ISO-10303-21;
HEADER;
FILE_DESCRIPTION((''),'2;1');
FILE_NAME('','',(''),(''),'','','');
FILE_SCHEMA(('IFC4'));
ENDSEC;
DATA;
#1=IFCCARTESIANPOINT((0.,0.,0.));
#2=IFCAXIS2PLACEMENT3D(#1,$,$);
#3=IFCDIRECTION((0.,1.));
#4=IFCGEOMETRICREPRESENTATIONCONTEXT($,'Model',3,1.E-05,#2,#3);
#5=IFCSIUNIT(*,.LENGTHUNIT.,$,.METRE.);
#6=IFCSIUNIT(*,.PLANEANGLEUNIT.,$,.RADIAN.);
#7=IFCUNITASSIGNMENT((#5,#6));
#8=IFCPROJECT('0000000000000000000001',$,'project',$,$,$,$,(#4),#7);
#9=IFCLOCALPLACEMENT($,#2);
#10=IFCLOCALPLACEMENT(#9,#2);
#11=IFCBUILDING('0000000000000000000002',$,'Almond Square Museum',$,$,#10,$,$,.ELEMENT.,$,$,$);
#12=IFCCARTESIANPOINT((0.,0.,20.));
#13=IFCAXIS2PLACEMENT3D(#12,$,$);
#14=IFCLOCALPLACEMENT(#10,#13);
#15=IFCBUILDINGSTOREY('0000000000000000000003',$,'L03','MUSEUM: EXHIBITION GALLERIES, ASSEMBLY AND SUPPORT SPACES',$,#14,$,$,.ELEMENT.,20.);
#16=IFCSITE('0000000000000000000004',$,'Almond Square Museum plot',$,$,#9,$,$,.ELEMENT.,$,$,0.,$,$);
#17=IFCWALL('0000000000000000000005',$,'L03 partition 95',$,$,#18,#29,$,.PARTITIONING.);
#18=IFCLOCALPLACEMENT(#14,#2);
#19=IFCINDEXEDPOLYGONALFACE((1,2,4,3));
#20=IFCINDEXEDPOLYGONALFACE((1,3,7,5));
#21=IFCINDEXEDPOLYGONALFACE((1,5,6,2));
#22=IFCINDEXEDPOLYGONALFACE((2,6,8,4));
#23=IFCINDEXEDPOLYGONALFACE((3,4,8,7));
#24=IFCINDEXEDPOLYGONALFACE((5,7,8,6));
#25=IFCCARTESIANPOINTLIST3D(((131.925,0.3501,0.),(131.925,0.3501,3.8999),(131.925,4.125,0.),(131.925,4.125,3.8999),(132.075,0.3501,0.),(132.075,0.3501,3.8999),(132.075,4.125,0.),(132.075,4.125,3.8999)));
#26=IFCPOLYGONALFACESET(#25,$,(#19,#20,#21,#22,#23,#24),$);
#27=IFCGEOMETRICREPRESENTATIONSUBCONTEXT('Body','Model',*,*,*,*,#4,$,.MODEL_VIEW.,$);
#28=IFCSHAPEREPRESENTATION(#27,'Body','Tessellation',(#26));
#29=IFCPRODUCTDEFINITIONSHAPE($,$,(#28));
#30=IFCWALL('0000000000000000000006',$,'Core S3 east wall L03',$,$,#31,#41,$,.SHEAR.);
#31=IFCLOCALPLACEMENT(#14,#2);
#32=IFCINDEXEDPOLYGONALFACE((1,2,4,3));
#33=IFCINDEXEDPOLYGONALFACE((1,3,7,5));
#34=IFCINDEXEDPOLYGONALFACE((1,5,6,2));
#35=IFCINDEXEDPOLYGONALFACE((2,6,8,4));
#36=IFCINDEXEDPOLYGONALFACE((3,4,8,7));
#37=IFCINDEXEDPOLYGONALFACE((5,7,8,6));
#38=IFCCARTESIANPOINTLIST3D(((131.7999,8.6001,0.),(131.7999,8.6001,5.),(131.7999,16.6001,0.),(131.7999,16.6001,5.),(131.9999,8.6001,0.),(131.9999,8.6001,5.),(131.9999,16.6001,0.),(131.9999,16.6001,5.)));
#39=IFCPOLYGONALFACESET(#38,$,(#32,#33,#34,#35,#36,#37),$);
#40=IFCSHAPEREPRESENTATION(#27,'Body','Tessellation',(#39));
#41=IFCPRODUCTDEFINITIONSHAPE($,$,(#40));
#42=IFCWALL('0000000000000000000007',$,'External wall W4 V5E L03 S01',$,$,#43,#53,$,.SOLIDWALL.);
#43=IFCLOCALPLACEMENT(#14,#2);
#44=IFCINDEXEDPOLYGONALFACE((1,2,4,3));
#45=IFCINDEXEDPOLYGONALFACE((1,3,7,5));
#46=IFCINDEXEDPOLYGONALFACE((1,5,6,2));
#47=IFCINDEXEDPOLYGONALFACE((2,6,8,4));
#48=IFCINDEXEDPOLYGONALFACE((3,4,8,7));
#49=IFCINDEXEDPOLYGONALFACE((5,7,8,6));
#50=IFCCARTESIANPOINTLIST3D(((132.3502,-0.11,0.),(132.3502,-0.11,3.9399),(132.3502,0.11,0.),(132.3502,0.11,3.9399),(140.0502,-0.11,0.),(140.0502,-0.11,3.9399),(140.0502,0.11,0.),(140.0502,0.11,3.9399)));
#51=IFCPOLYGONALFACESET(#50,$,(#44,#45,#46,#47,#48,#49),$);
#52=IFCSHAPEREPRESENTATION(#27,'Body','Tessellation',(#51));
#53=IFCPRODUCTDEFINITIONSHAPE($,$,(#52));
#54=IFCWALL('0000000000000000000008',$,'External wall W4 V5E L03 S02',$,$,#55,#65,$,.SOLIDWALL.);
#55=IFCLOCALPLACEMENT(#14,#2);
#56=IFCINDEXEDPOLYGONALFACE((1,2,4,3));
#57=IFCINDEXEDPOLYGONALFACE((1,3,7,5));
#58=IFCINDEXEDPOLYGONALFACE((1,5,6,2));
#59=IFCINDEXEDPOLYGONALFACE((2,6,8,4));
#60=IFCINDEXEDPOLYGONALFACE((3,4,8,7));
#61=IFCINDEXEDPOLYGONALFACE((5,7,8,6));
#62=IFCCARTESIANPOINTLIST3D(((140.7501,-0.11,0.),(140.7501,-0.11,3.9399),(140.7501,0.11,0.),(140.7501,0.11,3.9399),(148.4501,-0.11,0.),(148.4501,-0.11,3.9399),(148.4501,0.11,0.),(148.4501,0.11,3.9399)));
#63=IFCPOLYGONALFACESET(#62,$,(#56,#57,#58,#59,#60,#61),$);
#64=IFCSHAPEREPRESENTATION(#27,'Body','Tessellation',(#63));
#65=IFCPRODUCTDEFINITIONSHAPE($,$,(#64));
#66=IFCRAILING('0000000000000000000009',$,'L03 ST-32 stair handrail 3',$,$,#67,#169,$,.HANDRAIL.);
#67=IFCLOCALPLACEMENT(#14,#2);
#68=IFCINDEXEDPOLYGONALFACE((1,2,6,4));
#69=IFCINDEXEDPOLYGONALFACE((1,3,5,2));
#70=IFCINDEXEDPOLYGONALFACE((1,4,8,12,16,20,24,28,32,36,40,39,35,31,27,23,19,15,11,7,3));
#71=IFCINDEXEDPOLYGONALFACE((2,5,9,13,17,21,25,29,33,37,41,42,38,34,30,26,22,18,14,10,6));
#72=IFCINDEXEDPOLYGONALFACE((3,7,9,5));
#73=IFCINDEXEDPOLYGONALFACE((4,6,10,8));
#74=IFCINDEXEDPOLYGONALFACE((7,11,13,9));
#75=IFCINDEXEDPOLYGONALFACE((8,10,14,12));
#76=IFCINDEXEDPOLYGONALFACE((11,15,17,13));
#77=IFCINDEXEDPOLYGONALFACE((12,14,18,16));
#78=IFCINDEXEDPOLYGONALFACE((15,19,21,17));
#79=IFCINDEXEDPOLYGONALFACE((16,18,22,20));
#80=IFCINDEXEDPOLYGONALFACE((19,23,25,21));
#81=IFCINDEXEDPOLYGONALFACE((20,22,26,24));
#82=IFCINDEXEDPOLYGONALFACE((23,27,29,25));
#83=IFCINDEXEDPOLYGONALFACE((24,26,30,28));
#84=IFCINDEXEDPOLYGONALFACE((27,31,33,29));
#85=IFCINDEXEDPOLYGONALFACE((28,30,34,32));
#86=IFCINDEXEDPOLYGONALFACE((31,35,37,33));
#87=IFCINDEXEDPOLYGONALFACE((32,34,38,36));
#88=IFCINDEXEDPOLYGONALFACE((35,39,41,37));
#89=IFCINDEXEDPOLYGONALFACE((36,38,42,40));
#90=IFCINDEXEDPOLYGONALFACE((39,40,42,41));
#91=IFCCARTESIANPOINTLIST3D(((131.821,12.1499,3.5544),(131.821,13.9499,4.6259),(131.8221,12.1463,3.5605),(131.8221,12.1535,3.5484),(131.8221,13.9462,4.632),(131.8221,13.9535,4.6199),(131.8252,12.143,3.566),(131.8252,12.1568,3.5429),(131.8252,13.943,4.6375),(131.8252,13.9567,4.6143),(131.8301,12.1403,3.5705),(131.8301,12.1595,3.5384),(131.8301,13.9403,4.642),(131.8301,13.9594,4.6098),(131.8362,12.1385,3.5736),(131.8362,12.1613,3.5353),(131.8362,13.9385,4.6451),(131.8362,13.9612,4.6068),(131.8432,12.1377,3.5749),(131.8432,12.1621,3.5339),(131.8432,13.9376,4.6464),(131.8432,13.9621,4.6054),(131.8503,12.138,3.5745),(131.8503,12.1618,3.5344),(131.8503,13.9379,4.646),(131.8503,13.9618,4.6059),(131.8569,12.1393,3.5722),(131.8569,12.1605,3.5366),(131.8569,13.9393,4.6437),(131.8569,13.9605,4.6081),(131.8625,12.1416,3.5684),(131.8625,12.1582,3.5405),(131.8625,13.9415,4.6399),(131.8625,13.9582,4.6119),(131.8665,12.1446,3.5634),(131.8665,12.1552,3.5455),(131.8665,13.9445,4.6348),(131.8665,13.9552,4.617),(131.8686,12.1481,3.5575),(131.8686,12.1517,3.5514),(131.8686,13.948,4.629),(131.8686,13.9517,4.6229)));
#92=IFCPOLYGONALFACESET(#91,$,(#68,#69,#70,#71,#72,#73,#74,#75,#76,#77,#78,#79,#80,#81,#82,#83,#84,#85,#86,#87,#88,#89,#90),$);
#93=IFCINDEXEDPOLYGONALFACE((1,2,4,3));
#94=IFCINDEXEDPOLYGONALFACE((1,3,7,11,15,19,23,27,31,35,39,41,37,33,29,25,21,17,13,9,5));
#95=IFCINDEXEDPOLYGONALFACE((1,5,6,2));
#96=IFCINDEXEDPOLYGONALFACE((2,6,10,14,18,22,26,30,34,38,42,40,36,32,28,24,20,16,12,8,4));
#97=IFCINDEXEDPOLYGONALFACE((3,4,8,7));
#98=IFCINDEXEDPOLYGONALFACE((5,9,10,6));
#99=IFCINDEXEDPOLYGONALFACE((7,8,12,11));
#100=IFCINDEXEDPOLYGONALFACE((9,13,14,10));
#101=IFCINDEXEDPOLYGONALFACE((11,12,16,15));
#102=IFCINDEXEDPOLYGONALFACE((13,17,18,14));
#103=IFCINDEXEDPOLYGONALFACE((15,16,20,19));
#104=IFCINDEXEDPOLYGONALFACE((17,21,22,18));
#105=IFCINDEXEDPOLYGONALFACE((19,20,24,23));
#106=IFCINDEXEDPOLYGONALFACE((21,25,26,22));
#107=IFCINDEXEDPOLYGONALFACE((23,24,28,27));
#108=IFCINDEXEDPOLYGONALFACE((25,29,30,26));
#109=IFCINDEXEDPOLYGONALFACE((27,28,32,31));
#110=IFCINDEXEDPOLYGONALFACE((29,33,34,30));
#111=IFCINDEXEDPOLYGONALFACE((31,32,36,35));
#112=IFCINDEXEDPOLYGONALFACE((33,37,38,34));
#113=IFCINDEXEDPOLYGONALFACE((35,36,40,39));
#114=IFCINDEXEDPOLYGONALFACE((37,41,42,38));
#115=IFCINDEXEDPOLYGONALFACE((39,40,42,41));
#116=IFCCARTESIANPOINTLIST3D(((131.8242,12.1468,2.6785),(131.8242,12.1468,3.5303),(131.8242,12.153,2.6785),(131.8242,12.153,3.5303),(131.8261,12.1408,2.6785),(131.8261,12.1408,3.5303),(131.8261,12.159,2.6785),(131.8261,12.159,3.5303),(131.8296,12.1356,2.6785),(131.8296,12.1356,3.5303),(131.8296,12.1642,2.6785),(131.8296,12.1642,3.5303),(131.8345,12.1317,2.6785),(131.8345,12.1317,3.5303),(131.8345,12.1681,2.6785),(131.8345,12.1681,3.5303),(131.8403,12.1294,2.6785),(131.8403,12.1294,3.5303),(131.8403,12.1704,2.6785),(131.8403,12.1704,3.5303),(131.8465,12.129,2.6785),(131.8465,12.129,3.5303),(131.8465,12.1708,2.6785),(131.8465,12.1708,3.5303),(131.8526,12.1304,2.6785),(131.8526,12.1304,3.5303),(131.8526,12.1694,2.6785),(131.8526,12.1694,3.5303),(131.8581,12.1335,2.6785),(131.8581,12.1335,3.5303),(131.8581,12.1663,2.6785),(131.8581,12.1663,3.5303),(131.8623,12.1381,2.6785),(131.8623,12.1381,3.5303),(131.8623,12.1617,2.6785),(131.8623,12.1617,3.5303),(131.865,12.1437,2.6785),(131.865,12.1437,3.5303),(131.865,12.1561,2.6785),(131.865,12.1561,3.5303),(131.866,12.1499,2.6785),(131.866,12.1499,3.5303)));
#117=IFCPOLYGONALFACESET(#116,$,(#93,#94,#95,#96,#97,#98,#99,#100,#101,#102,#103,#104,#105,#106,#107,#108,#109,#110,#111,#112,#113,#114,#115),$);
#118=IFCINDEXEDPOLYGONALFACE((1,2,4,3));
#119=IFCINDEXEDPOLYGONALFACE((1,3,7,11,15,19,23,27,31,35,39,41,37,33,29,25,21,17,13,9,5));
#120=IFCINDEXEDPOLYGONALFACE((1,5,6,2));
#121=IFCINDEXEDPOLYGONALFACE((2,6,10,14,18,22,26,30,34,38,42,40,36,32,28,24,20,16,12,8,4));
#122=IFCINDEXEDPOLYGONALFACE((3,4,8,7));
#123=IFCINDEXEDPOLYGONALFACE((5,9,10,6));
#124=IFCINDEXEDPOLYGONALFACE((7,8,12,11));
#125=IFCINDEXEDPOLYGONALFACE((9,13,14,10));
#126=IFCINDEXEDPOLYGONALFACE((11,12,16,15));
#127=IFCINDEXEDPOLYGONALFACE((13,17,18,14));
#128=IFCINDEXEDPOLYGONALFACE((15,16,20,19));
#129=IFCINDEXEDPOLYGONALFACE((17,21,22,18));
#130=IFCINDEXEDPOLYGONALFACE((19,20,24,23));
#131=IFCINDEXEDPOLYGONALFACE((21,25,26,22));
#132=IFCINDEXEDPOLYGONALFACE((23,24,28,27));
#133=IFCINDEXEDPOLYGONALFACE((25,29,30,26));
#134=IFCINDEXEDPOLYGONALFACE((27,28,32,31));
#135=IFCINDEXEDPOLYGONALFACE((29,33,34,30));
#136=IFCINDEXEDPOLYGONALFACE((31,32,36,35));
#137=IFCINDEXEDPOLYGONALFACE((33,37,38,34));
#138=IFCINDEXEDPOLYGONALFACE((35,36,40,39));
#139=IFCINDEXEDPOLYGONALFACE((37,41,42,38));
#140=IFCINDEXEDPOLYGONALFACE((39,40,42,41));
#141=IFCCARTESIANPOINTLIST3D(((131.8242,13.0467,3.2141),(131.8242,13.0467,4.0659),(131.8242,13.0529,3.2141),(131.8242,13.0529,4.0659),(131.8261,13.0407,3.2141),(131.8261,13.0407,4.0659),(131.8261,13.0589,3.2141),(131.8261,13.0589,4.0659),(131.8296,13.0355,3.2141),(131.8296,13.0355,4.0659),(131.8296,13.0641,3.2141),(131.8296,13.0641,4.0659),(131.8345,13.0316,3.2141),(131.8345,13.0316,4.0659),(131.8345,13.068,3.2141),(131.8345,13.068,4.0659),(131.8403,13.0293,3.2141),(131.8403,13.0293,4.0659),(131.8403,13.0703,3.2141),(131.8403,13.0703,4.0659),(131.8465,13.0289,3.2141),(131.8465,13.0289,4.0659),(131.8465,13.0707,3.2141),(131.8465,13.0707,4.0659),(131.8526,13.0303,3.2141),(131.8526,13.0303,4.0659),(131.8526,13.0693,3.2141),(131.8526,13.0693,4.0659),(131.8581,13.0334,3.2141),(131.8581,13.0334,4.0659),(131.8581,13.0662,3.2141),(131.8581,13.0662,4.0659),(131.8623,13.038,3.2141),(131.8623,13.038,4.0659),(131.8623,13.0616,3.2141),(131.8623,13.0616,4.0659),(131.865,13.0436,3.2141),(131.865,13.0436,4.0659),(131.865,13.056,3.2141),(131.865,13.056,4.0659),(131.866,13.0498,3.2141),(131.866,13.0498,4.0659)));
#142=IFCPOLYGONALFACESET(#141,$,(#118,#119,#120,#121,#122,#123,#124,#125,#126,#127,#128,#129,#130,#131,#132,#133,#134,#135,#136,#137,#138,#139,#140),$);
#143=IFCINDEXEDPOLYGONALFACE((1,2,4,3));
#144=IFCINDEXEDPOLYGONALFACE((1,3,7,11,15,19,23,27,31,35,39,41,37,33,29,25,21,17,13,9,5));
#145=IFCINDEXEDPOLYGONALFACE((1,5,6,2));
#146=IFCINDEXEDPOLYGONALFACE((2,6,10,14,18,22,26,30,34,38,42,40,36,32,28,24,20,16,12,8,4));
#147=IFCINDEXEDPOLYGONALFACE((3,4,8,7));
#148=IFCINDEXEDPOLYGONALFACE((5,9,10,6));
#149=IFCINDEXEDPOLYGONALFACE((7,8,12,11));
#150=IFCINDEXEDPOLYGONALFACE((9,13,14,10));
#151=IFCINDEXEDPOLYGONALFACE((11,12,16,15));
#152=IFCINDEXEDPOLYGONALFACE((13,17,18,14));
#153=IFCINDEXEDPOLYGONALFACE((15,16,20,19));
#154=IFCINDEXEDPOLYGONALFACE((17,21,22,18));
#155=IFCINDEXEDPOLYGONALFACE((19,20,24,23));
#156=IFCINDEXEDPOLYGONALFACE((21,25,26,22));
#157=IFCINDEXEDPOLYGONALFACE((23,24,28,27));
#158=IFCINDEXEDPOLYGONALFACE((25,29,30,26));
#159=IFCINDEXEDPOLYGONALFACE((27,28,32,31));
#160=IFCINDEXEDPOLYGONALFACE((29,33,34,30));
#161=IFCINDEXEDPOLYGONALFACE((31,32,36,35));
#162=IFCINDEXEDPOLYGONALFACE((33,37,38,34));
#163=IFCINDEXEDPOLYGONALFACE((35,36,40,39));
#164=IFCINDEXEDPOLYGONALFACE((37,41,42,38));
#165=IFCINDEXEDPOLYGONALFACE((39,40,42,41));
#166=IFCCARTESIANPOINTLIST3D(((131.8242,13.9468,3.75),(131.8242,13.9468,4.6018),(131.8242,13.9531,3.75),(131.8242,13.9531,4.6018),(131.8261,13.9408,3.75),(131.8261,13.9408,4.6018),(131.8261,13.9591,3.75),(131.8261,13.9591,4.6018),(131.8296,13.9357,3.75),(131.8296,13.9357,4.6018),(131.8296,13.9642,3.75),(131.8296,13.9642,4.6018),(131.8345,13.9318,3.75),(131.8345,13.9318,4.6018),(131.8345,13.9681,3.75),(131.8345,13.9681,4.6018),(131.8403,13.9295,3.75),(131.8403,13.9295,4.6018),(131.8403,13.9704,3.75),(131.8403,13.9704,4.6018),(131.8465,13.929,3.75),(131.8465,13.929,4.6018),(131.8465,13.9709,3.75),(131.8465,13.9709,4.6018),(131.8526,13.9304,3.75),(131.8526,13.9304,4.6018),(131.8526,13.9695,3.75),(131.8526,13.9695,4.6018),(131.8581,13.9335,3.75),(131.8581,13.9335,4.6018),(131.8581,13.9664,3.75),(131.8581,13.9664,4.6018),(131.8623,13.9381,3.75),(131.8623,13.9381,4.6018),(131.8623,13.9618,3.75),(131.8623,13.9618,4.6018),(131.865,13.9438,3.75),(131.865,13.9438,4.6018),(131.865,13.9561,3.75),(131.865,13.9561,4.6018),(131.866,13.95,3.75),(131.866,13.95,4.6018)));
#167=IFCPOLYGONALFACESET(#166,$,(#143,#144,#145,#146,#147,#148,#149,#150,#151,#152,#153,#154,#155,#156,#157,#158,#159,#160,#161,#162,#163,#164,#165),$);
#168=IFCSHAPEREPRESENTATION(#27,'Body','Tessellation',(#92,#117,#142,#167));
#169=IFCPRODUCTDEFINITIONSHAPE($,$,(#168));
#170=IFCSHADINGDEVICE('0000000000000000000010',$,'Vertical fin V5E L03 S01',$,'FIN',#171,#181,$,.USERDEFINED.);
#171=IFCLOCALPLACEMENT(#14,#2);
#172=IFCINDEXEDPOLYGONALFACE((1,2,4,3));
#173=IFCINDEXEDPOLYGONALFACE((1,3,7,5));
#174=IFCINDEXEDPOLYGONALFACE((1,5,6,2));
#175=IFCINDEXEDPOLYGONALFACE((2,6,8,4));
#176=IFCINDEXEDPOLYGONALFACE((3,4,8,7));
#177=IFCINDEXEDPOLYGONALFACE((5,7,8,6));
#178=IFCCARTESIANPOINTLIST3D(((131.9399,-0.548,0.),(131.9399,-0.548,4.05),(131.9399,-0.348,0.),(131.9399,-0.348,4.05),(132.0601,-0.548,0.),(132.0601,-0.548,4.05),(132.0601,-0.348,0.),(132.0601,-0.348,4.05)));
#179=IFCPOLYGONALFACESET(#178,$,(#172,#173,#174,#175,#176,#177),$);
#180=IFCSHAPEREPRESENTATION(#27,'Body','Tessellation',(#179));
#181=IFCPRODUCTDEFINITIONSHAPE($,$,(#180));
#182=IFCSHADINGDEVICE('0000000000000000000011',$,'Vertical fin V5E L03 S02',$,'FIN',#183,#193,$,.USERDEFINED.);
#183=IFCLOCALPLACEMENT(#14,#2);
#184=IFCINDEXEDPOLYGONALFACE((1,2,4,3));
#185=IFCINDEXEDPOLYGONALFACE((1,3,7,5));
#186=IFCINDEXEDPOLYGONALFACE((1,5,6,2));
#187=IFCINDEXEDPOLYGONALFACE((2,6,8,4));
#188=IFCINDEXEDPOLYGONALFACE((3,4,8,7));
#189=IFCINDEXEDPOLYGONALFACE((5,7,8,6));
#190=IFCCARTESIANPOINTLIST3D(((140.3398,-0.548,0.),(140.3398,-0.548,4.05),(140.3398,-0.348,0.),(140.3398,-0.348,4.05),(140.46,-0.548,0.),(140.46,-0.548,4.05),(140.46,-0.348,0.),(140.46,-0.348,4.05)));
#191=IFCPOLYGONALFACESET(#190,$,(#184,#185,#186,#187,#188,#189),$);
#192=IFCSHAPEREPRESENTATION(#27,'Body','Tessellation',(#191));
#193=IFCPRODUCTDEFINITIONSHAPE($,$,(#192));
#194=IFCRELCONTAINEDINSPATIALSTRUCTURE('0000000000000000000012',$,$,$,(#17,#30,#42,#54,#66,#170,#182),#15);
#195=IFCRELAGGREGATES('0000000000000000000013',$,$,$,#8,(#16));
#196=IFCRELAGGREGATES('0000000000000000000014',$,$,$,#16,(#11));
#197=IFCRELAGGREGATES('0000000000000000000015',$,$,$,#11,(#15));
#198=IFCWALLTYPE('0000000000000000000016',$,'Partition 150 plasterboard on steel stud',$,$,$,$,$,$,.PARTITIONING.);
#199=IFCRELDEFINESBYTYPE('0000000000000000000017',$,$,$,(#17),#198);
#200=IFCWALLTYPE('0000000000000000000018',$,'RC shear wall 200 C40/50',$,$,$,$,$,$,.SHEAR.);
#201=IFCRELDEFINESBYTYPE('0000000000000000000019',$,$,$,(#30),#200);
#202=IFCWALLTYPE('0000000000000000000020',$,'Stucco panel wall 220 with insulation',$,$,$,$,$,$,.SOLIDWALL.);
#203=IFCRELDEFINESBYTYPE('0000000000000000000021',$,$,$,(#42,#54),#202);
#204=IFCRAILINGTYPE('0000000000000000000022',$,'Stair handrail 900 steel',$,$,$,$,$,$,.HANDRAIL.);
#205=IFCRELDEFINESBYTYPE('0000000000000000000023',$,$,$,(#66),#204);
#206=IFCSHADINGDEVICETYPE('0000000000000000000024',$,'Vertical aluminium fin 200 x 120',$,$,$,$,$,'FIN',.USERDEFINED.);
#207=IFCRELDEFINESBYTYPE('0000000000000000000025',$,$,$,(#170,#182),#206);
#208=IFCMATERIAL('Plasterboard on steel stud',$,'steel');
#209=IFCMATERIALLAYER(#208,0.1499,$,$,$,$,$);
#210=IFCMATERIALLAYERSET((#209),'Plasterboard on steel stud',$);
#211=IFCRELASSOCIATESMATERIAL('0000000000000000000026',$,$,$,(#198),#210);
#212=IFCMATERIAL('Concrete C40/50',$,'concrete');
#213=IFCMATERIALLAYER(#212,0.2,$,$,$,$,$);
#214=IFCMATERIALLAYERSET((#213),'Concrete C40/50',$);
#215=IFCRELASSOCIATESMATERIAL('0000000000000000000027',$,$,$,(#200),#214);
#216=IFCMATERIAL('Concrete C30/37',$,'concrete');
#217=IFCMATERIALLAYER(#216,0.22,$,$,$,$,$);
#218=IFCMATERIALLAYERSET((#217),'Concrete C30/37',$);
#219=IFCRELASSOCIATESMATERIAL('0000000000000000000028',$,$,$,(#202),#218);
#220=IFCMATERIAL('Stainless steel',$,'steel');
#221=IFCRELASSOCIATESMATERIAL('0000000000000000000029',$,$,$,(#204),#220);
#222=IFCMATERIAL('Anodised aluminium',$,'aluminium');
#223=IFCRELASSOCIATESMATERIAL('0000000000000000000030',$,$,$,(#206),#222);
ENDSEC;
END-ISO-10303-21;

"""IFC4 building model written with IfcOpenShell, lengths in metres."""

from ifc_helpers import new_model, si_unit, direction, frame, frame_2d, origin, origin_2d, place, context, subcontext, project, spatial, rectangle, circle, extrude, material, layer, layer_set, material_profile, profile_set, type_object, element, save


model = new_model("IFC4")

# Units and contexts
model_context = context("Model", 3, precision=1e-05, world=origin(), true_north=direction((0.0, 1.0)))
body_context = subcontext(model_context, "Body", "Model", "MODEL_VIEW")
ifc_project = project(units=[si_unit("LENGTHUNIT", "METRE"), si_unit("PLANEANGLEUNIT", "RADIAN")], contexts=[model_context])

# Site, building, storey
site_placement = place(None, origin())
site = spatial("IfcSite", under=ifc_project, at=site_placement, Name="Almond Square Museum plot", CompositionType="ELEMENT", RefElevation=0.0)
building_placement = place(site_placement, origin())
building = spatial("IfcBuilding", under=site, at=building_placement, Name="Almond Square Museum", CompositionType="ELEMENT")
storey_placement = place(building_placement, frame((0.0, 0.0, 20.0)))
storey = spatial("IfcBuildingStorey", under=building, at=storey_placement, Name="L03", Description="MUSEUM: EXHIBITION GALLERIES, ASSEMBLY AND SUPPORT SPACES", CompositionType="ELEMENT", Elevation=20.0)

# Shared definitions
ifc_material_1 = material(Name="Plasterboard on steel stud", Category="steel")
ifc_layer_1 = layer(ifc_material_1, 0.1499)
ifc_layer_set_1 = layer_set([ifc_layer_1], Name="Plasterboard on steel stud")
wall_type_1 = type_object("IfcWallType", Name="Partition 150 plasterboard on steel stud", PredefinedType="PARTITIONING", material=ifc_layer_set_1)

# Walls
wall_1_placement = place(storey_placement, frame((132.0, 0.3501, 0.0), z_axis=(0.0, 0.0, 1.0), x_axis=(0.0, 1.0, 0.0)))
element("IfcWall", 1, at=wall_1_placement, inside=storey, type_object=wall_type_1, Name="L03 partition 95", PredefinedType="PARTITIONING", context=body_context, shape_type="SweptSolid", body=[
    extrude(rectangle(XDim=3.7749, YDim=0.1499, at=frame_2d((1.8875, 0.0))), origin(), (0.0, 0.0, 1.0), 3.8999),
])
ifc_material_2 = material(Name="Concrete C40/50", Category="concrete")
ifc_layer_2 = layer(ifc_material_2, 0.2)
ifc_layer_set_2 = layer_set([ifc_layer_2], Name="Concrete C40/50")
wall_type_2 = type_object("IfcWallType", Name="RC shear wall 200 C40/50", PredefinedType="SHEAR", material=ifc_layer_set_2)
wall_2_placement = place(storey_placement, frame((131.8999, 8.6001, 0.0), z_axis=(0.0, 0.0, 1.0), x_axis=(0.0, 1.0, 0.0)))
element("IfcWall", 2, at=wall_2_placement, inside=storey, type_object=wall_type_2, Name="Core S3 east wall L03", PredefinedType="SHEAR", context=body_context, shape_type="SweptSolid", body=[
    extrude(rectangle(XDim=8.0, YDim=0.2, at=frame_2d((4.0, 0.0))), origin(), (0.0, 0.0, 1.0), 5.0),
])
ifc_material_3 = material(Name="Concrete C30/37", Category="concrete")
ifc_layer_3 = layer(ifc_material_3, 0.22)
ifc_layer_set_3 = layer_set([ifc_layer_3], Name="Concrete C30/37")
wall_type_3 = type_object("IfcWallType", Name="Stucco panel wall 220 with insulation", PredefinedType="SOLIDWALL", material=ifc_layer_set_3)
for number, where, z_axis, x_axis, name in (
    (3, (132.3501, 0.0, 0.0), (0.0, 0.0, 1.0), (1.0, 0.0, 0.0), "External wall W4 V5E L03 S01"),
    (4, (140.75, 0.0, 0.0), (0.0, 0.0, 1.0), (1.0, 0.0, 0.0), "External wall W4 V5E L03 S02"),
):
    element("IfcWall", number, at=place(storey_placement, frame(where, z_axis=z_axis, x_axis=x_axis)), inside=storey, type_object=wall_type_3, Name=name, PredefinedType="SOLIDWALL", context=body_context, shape_type="SweptSolid", body=[
        extrude(rectangle(XDim=7.7, YDim=0.22, at=frame_2d((3.8501, 0.0))), origin(), (0.0, 0.0, 1.0), 3.9399),
    ])

# Railing
ifc_material_4 = material(Name="Stainless steel", Category="steel")
railing_type = type_object("IfcRailingType", Name="Stair handrail 900 steel", PredefinedType="HANDRAIL", material=ifc_material_4)
railing_placement = place(storey_placement, frame((131.845, 12.1499, 2.6785)))
element("IfcRailing", 5, at=railing_placement, inside=storey, type_object=railing_type, Name="L03 ST-32 stair handrail 3", PredefinedType="HANDRAIL", context=body_context, shape_type="SweptSolid", body=[
    extrude(circle(Radius=0.0239, at=origin_2d()), frame((0.0, 0.0, 0.876), z_axis=(0.0, 0.859277, 0.51151), x_axis=(-1.0, 0.0, 0.0)), (0.0, 0.0, 1.0), 2.0947),
    extrude(circle(Radius=0.021, at=origin_2d()), origin(), (0.0, 0.0, 1.0), 0.8518),
    extrude(circle(Radius=0.021, at=origin_2d()), frame((0.0, 0.8999, 0.5356)), (0.0, 0.0, 1.0), 0.8518),
    extrude(circle(Radius=0.021, at=origin_2d()), frame((0.0, 1.8, 1.0715)), (0.0, 0.0, 1.0), 0.8518),
])

# Shading devices
ifc_material_5 = material(Name="Anodised aluminium", Category="aluminium")
ifc_material_profile_1 = material_profile(ifc_material_5, rectangle(XDim=0.2, YDim=0.1201, at=origin_2d()))
ifc_profile_set_1 = profile_set([ifc_material_profile_1], Name="Anodised aluminium")
shading_device_type = type_object("IfcShadingDeviceType", Name="Vertical aluminium fin 200 x 120", ElementType="FIN", PredefinedType="USERDEFINED", material=ifc_profile_set_1)
for number, where, z_axis, x_axis, name in (
    (6, (132.0, -0.448, 0.0), (0.0, 0.0, 1.0), (0.0, -1.0, 0.0), "Vertical fin V5E L03 S01"),
    (7, (140.3999, -0.448, 0.0), (0.0, 0.0, 1.0), (0.0, -1.0, 0.0), "Vertical fin V5E L03 S02"),
):
    element("IfcShadingDevice", number, at=place(storey_placement, frame(where, z_axis=z_axis, x_axis=x_axis)), inside=storey, type_object=shading_device_type, Name=name, ObjectType="FIN", PredefinedType="USERDEFINED", context=body_context, shape_type="SweptSolid", body=[
        extrude(rectangle(XDim=0.2, YDim=0.1201, at=origin_2d()), origin(), (0.0, 0.0, 1.0), 4.05),
    ])

save(model, "model.ifc")
